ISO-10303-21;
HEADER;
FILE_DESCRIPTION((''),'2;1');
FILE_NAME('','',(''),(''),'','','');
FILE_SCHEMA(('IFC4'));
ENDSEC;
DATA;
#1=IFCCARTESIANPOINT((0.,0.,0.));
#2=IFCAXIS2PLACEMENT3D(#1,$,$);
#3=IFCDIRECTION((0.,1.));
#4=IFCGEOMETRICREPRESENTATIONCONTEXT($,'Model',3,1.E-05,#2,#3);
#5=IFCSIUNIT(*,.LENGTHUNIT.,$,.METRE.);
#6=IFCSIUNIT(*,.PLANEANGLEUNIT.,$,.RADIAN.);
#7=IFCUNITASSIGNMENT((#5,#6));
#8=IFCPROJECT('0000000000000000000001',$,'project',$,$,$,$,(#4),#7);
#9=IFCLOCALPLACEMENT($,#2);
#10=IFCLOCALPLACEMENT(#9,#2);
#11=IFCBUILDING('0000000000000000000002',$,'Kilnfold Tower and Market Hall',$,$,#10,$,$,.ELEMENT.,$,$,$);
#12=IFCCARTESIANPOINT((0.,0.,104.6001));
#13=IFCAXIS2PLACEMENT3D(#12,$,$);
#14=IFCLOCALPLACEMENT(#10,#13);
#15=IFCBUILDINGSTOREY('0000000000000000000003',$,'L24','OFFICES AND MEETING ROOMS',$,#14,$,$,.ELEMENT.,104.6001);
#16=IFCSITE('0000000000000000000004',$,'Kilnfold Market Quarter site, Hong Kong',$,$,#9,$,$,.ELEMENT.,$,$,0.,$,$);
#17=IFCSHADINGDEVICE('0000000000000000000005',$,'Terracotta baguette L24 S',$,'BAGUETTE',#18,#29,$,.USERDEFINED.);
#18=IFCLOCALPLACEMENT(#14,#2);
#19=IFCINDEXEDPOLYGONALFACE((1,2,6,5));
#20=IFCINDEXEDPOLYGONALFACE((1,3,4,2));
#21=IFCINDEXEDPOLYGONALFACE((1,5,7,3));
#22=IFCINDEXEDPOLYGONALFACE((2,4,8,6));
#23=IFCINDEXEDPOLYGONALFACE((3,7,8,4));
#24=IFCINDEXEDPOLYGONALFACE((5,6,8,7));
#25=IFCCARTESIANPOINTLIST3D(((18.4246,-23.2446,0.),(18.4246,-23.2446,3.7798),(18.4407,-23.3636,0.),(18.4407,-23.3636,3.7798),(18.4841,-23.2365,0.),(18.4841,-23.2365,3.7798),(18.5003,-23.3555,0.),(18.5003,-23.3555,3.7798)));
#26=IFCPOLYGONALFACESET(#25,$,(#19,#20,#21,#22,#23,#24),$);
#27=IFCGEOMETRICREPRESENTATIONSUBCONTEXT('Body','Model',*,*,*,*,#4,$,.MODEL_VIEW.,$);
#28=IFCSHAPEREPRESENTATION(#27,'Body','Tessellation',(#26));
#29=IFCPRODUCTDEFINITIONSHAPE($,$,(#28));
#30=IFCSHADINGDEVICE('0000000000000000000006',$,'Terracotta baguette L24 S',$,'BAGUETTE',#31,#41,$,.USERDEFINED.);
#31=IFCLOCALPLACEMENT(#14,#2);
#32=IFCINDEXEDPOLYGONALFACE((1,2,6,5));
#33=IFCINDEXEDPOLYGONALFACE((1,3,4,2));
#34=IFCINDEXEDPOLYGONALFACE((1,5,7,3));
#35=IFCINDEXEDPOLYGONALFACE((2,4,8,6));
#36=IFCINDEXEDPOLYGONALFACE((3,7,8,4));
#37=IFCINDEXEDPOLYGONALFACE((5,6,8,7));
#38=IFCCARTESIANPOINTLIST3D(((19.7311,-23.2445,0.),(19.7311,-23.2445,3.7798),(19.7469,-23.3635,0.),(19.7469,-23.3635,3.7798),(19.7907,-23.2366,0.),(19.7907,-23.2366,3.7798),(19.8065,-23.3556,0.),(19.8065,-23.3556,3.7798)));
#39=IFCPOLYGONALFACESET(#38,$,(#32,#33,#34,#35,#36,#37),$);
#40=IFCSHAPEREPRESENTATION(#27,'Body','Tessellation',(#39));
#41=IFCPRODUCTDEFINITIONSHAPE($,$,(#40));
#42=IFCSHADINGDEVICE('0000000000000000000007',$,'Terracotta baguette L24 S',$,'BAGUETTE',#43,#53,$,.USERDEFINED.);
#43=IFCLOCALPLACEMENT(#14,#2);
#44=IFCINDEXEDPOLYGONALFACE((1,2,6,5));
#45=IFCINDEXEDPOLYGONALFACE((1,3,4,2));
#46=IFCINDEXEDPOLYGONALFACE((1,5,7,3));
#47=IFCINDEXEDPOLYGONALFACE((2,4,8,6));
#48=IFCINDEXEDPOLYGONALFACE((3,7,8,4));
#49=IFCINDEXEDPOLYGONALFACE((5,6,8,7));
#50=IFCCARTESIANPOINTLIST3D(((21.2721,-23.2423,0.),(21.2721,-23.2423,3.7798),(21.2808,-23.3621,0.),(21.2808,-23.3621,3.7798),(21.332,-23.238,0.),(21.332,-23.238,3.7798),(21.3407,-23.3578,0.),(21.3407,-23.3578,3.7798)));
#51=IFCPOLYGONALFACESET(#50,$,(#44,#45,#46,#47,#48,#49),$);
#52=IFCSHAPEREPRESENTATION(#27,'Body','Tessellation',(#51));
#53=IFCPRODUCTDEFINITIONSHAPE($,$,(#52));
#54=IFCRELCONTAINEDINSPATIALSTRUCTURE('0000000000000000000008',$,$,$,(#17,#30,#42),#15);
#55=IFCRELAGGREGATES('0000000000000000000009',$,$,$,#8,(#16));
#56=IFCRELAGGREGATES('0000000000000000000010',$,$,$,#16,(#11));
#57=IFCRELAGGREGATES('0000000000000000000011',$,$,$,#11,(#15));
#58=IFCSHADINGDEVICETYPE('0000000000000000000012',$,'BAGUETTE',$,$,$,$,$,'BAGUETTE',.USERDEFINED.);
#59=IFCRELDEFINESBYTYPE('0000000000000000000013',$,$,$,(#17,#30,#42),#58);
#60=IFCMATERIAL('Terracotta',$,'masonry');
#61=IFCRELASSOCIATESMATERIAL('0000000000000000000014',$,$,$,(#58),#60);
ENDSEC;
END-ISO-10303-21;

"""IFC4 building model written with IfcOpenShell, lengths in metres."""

from ifc_helpers import new_model, si_unit, direction, frame, origin, origin_2d, place, context, subcontext, project, spatial, rectangle, extrude, source, transform, mapped, material, material_profile, profile_set, type_object, element, save


model = new_model("IFC4")

# Units and contexts
model_context = context("Model", 3, precision=1e-05, world=origin(), true_north=direction((0.0, 1.0)))
body_context = subcontext(model_context, "Body", "Model", "MODEL_VIEW")
ifc_project = project(units=[si_unit("LENGTHUNIT", "METRE"), si_unit("PLANEANGLEUNIT", "RADIAN")], contexts=[model_context])

# Site, building, storey
site_placement = place(None, origin())
site = spatial("IfcSite", under=ifc_project, at=site_placement, Name="Kilnfold Market Quarter site, Hong Kong", CompositionType="ELEMENT", RefElevation=0.0)
building_placement = place(site_placement, origin())
building = spatial("IfcBuilding", under=site, at=building_placement, Name="Kilnfold Tower and Market Hall", CompositionType="ELEMENT")
storey_placement = place(building_placement, frame((0.0, 0.0, 104.6001)))
storey = spatial("IfcBuildingStorey", under=building, at=storey_placement, Name="L24", Description="OFFICES AND MEETING ROOMS", CompositionType="ELEMENT", Elevation=104.6001)

# Shading devices
ifc_material_1 = material(Name="Terracotta", Category="masonry")
ifc_material_profile_1 = material_profile(ifc_material_1, rectangle(XDim=0.0601, YDim=0.1201, at=origin_2d()), Name="BAG 60x120")
ifc_profile_set_1 = profile_set([ifc_material_profile_1], Name="Terracotta")
shading_device_type = type_object("IfcShadingDeviceType", Name="BAGUETTE", ElementType="BAGUETTE", PredefinedType="USERDEFINED", material=ifc_profile_set_1)
shared_shape_1 = source(origin(), body_context, "Body", "SweptSolid", [
    extrude(rectangle(XDim=0.0601, YDim=0.1201, at=origin_2d()), origin(), (0.0, 0.0, 1.0), 3.7798),
])
for number, where, z_axis, x_axis, name in (
    (1, (18.4624, -23.3, 0.0), (0.0, 0.0, 1.0), (0.990881, 0.134742, 0.0), "Terracotta baguette L24 S"),
    (2, (19.7688, -23.3, 0.0), (0.0, 0.0, 1.0), (0.991303, 0.131599, 0.0), "Terracotta baguette L24 S"),
    (3, (21.3064, -23.3, 0.0), (0.0, 0.0, 1.0), (0.997353, 0.072716, 0.0), "Terracotta baguette L24 S"),
):
    element("IfcShadingDevice", number, at=place(storey_placement, frame(where, z_axis=z_axis, x_axis=x_axis)), inside=storey, type_object=shading_device_type, Name=name, ObjectType="BAGUETTE", PredefinedType="USERDEFINED", context=body_context, shape_type="MappedRepresentation", body=[
        mapped(shared_shape_1, transform((0.0, 0.0, 0.0))),
    ])

save(model, "model.ifc")
